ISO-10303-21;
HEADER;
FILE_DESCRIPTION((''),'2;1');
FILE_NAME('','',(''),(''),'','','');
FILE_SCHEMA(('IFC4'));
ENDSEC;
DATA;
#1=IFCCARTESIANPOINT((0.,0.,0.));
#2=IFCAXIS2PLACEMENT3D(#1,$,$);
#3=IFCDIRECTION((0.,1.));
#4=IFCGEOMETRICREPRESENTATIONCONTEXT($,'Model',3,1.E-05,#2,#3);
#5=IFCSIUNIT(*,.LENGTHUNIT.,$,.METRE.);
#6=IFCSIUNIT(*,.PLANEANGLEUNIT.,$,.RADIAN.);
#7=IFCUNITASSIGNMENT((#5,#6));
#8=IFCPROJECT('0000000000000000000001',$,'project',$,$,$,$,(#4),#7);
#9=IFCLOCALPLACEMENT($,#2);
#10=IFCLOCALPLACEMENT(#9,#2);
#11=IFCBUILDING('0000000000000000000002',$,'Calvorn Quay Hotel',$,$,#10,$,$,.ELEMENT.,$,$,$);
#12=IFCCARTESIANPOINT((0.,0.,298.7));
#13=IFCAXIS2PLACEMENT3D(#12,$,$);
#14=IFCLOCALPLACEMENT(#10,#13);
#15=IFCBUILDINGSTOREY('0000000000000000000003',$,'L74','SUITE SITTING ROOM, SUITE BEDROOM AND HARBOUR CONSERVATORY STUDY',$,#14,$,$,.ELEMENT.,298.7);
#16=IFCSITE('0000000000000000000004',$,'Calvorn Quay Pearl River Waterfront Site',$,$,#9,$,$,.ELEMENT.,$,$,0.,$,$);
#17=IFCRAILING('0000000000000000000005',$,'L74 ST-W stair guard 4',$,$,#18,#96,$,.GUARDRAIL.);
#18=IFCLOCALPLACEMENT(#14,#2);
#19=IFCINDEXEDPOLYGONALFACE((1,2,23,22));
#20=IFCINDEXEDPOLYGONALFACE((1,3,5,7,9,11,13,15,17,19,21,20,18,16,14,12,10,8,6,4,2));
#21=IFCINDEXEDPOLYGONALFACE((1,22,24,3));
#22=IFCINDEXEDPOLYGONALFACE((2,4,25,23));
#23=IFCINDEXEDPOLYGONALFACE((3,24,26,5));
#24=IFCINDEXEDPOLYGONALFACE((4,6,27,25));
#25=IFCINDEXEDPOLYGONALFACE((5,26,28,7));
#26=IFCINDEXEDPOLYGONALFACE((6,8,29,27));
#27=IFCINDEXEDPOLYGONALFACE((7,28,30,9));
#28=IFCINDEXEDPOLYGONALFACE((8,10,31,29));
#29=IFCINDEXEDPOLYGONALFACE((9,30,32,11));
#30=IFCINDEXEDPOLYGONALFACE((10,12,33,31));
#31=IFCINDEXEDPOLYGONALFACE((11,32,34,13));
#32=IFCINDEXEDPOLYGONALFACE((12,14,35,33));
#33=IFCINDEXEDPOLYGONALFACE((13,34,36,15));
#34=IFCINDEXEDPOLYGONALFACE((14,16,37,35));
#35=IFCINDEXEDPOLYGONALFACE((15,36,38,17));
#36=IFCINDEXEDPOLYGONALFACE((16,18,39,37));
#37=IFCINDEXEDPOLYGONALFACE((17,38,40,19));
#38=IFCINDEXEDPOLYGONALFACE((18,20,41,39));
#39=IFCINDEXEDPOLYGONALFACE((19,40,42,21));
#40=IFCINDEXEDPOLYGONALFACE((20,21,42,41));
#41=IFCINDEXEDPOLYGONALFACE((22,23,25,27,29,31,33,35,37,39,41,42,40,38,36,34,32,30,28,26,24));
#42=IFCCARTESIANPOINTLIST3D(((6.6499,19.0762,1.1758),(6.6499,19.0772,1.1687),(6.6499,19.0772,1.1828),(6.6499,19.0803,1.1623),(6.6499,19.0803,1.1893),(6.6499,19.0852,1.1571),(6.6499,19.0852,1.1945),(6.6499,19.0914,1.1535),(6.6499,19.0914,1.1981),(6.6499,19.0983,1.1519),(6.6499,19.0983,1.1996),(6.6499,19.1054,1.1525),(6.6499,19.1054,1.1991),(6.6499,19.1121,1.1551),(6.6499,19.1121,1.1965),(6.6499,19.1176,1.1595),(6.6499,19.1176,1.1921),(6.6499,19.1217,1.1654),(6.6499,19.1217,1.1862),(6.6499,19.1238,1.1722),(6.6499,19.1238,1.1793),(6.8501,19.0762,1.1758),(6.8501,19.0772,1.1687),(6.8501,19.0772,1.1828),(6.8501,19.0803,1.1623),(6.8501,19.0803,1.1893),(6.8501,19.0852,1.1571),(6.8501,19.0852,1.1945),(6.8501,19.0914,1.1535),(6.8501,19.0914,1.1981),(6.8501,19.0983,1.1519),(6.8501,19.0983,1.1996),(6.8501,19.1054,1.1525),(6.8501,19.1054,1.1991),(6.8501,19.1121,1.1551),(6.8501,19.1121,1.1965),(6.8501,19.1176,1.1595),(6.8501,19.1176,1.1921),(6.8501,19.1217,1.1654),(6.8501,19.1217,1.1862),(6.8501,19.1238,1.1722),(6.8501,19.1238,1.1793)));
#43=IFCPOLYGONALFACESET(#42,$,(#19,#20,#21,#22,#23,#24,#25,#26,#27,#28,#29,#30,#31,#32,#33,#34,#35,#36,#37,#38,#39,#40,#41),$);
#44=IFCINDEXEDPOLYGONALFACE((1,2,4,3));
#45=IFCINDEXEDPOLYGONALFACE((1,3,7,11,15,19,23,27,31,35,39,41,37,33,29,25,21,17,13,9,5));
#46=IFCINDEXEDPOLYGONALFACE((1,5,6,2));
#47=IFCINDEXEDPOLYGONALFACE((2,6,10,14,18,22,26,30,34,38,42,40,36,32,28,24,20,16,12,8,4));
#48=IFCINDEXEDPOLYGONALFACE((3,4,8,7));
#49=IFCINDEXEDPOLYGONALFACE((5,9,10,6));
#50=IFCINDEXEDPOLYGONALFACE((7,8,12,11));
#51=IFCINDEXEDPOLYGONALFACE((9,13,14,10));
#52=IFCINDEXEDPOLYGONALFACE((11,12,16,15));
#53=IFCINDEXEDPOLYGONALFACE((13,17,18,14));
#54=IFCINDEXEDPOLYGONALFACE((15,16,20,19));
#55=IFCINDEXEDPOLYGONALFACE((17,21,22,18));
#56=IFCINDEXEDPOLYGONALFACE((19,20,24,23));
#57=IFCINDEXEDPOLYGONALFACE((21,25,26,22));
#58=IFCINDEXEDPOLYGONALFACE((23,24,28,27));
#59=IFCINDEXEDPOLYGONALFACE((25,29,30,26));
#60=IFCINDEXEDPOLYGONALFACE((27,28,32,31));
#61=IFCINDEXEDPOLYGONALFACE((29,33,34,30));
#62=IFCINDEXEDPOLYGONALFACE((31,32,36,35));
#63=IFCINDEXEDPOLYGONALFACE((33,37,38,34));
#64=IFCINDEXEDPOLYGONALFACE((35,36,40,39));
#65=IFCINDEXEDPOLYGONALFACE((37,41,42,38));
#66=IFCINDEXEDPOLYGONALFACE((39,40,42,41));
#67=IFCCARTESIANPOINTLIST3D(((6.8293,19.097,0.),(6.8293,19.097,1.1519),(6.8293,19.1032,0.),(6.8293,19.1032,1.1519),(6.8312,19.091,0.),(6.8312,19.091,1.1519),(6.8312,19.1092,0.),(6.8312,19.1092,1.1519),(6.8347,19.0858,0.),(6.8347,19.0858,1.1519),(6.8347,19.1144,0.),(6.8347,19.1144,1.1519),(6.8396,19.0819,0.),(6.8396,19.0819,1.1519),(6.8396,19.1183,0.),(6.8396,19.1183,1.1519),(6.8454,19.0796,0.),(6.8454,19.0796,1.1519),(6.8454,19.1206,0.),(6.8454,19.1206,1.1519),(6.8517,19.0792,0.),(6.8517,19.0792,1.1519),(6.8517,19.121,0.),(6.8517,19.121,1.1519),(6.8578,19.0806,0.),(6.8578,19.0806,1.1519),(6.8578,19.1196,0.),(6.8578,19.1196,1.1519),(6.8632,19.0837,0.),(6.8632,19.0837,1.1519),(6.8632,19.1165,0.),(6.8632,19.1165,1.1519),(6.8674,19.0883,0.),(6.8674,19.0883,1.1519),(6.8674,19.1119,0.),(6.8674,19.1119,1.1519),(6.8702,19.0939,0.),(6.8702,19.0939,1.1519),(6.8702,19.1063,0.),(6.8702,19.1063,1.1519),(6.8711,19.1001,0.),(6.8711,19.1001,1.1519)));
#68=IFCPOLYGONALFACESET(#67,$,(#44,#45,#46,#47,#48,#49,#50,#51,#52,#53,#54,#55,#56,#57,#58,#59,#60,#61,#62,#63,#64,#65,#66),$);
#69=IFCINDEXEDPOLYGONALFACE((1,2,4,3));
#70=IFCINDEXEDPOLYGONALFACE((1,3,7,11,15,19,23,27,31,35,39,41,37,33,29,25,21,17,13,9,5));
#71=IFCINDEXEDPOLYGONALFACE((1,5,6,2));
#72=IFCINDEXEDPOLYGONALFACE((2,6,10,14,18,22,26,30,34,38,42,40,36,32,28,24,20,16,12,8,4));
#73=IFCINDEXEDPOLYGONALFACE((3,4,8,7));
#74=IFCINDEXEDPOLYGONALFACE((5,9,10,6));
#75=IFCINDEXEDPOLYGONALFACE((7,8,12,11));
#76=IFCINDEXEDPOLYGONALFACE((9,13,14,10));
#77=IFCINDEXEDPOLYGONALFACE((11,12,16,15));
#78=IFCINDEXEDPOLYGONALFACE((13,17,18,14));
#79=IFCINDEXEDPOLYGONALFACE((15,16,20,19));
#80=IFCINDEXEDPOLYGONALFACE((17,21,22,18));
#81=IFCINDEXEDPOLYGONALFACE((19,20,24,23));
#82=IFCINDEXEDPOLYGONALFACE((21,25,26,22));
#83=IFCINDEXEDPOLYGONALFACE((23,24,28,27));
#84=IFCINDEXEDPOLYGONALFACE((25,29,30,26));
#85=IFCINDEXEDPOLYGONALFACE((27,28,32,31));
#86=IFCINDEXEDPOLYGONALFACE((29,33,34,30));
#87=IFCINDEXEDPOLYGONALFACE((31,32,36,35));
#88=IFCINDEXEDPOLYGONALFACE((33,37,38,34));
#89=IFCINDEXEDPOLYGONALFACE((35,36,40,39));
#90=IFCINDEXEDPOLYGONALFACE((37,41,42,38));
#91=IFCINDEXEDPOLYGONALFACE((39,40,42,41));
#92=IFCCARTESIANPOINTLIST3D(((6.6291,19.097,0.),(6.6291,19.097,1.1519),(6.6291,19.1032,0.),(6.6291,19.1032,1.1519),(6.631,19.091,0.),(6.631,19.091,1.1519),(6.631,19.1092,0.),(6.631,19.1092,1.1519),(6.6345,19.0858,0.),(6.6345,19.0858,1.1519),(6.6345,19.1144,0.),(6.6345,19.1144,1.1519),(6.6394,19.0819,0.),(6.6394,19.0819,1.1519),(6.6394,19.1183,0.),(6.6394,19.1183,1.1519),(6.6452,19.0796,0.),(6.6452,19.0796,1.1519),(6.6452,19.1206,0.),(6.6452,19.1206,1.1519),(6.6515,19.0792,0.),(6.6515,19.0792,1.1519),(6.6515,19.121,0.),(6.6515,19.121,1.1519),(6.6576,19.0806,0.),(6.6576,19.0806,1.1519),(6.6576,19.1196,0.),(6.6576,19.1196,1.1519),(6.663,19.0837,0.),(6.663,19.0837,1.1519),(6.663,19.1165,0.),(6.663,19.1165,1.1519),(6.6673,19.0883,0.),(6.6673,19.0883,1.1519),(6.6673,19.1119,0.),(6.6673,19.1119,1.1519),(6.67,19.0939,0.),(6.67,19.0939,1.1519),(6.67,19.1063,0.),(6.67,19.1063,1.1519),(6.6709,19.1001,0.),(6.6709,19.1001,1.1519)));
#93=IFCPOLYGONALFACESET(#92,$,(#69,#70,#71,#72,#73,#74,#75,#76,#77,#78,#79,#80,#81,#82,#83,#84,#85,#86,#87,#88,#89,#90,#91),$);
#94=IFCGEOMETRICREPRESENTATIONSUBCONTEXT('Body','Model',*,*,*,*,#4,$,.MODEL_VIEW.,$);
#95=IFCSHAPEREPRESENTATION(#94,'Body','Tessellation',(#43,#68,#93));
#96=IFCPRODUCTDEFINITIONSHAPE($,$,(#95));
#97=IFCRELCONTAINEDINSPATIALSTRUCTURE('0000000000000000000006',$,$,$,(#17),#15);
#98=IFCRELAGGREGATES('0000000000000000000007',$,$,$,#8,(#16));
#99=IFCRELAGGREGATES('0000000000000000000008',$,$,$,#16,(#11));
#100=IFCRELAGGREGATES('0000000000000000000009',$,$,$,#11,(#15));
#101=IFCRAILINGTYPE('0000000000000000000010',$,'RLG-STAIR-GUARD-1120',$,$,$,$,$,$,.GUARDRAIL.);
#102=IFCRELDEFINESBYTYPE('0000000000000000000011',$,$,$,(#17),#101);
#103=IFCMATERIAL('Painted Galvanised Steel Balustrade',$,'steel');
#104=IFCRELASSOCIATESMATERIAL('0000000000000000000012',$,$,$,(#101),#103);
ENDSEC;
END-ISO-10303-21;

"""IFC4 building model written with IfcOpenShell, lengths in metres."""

from ifc_helpers import new_model, si_unit, direction, frame, origin, origin_2d, place, context, subcontext, project, spatial, circle, extrude, material, type_object, element, save


model = new_model("IFC4")

# Units and contexts
model_context = context("Model", 3, precision=1e-05, world=origin(), true_north=direction((0.0, 1.0)))
body_context = subcontext(model_context, "Body", "Model", "MODEL_VIEW")
ifc_project = project(units=[si_unit("LENGTHUNIT", "METRE"), si_unit("PLANEANGLEUNIT", "RADIAN")], contexts=[model_context])

# Site, building, storey
site_placement = place(None, origin())
site = spatial("IfcSite", under=ifc_project, at=site_placement, Name="Calvorn Quay Pearl River Waterfront Site", CompositionType="ELEMENT", RefElevation=0.0)
building_placement = place(site_placement, origin())
building = spatial("IfcBuilding", under=site, at=building_placement, Name="Calvorn Quay Hotel", CompositionType="ELEMENT")
storey_placement = place(building_placement, frame((0.0, 0.0, 298.7)))
storey = spatial("IfcBuildingStorey", under=building, at=storey_placement, Name="L74", Description="SUITE SITTING ROOM, SUITE BEDROOM AND HARBOUR CONSERVATORY STUDY", CompositionType="ELEMENT", Elevation=298.7)

# Railing
ifc_material_1 = material(Name="Painted Galvanised Steel Balustrade", Category="steel")
railing_type = type_object("IfcRailingType", Name="RLG-STAIR-GUARD-1120", PredefinedType="GUARDRAIL", material=ifc_material_1)
railing_placement = place(storey_placement, frame((6.8501, 19.1001, 0.0)))
element("IfcRailing", 1, at=railing_placement, inside=storey, type_object=railing_type, Name="L74 ST-W stair guard 4", PredefinedType="GUARDRAIL", context=body_context, shape_type="SweptSolid", body=[
    extrude(circle(Radius=0.0239, at=origin_2d()), frame((0.0, 0.0, 1.1758), z_axis=(-1.0, 0.0, 0.0), x_axis=(0.0, -1.0, 0.0)), (0.0, 0.0, 1.0), 0.2002),
    extrude(circle(Radius=0.021, at=origin_2d()), origin(), (0.0, 0.0, 1.0), 1.1519),
    extrude(circle(Radius=0.021, at=origin_2d()), frame((-0.2002, 0.0, 0.0)), (0.0, 0.0, 1.0), 1.1519),
])

save(model, "model.ifc")
